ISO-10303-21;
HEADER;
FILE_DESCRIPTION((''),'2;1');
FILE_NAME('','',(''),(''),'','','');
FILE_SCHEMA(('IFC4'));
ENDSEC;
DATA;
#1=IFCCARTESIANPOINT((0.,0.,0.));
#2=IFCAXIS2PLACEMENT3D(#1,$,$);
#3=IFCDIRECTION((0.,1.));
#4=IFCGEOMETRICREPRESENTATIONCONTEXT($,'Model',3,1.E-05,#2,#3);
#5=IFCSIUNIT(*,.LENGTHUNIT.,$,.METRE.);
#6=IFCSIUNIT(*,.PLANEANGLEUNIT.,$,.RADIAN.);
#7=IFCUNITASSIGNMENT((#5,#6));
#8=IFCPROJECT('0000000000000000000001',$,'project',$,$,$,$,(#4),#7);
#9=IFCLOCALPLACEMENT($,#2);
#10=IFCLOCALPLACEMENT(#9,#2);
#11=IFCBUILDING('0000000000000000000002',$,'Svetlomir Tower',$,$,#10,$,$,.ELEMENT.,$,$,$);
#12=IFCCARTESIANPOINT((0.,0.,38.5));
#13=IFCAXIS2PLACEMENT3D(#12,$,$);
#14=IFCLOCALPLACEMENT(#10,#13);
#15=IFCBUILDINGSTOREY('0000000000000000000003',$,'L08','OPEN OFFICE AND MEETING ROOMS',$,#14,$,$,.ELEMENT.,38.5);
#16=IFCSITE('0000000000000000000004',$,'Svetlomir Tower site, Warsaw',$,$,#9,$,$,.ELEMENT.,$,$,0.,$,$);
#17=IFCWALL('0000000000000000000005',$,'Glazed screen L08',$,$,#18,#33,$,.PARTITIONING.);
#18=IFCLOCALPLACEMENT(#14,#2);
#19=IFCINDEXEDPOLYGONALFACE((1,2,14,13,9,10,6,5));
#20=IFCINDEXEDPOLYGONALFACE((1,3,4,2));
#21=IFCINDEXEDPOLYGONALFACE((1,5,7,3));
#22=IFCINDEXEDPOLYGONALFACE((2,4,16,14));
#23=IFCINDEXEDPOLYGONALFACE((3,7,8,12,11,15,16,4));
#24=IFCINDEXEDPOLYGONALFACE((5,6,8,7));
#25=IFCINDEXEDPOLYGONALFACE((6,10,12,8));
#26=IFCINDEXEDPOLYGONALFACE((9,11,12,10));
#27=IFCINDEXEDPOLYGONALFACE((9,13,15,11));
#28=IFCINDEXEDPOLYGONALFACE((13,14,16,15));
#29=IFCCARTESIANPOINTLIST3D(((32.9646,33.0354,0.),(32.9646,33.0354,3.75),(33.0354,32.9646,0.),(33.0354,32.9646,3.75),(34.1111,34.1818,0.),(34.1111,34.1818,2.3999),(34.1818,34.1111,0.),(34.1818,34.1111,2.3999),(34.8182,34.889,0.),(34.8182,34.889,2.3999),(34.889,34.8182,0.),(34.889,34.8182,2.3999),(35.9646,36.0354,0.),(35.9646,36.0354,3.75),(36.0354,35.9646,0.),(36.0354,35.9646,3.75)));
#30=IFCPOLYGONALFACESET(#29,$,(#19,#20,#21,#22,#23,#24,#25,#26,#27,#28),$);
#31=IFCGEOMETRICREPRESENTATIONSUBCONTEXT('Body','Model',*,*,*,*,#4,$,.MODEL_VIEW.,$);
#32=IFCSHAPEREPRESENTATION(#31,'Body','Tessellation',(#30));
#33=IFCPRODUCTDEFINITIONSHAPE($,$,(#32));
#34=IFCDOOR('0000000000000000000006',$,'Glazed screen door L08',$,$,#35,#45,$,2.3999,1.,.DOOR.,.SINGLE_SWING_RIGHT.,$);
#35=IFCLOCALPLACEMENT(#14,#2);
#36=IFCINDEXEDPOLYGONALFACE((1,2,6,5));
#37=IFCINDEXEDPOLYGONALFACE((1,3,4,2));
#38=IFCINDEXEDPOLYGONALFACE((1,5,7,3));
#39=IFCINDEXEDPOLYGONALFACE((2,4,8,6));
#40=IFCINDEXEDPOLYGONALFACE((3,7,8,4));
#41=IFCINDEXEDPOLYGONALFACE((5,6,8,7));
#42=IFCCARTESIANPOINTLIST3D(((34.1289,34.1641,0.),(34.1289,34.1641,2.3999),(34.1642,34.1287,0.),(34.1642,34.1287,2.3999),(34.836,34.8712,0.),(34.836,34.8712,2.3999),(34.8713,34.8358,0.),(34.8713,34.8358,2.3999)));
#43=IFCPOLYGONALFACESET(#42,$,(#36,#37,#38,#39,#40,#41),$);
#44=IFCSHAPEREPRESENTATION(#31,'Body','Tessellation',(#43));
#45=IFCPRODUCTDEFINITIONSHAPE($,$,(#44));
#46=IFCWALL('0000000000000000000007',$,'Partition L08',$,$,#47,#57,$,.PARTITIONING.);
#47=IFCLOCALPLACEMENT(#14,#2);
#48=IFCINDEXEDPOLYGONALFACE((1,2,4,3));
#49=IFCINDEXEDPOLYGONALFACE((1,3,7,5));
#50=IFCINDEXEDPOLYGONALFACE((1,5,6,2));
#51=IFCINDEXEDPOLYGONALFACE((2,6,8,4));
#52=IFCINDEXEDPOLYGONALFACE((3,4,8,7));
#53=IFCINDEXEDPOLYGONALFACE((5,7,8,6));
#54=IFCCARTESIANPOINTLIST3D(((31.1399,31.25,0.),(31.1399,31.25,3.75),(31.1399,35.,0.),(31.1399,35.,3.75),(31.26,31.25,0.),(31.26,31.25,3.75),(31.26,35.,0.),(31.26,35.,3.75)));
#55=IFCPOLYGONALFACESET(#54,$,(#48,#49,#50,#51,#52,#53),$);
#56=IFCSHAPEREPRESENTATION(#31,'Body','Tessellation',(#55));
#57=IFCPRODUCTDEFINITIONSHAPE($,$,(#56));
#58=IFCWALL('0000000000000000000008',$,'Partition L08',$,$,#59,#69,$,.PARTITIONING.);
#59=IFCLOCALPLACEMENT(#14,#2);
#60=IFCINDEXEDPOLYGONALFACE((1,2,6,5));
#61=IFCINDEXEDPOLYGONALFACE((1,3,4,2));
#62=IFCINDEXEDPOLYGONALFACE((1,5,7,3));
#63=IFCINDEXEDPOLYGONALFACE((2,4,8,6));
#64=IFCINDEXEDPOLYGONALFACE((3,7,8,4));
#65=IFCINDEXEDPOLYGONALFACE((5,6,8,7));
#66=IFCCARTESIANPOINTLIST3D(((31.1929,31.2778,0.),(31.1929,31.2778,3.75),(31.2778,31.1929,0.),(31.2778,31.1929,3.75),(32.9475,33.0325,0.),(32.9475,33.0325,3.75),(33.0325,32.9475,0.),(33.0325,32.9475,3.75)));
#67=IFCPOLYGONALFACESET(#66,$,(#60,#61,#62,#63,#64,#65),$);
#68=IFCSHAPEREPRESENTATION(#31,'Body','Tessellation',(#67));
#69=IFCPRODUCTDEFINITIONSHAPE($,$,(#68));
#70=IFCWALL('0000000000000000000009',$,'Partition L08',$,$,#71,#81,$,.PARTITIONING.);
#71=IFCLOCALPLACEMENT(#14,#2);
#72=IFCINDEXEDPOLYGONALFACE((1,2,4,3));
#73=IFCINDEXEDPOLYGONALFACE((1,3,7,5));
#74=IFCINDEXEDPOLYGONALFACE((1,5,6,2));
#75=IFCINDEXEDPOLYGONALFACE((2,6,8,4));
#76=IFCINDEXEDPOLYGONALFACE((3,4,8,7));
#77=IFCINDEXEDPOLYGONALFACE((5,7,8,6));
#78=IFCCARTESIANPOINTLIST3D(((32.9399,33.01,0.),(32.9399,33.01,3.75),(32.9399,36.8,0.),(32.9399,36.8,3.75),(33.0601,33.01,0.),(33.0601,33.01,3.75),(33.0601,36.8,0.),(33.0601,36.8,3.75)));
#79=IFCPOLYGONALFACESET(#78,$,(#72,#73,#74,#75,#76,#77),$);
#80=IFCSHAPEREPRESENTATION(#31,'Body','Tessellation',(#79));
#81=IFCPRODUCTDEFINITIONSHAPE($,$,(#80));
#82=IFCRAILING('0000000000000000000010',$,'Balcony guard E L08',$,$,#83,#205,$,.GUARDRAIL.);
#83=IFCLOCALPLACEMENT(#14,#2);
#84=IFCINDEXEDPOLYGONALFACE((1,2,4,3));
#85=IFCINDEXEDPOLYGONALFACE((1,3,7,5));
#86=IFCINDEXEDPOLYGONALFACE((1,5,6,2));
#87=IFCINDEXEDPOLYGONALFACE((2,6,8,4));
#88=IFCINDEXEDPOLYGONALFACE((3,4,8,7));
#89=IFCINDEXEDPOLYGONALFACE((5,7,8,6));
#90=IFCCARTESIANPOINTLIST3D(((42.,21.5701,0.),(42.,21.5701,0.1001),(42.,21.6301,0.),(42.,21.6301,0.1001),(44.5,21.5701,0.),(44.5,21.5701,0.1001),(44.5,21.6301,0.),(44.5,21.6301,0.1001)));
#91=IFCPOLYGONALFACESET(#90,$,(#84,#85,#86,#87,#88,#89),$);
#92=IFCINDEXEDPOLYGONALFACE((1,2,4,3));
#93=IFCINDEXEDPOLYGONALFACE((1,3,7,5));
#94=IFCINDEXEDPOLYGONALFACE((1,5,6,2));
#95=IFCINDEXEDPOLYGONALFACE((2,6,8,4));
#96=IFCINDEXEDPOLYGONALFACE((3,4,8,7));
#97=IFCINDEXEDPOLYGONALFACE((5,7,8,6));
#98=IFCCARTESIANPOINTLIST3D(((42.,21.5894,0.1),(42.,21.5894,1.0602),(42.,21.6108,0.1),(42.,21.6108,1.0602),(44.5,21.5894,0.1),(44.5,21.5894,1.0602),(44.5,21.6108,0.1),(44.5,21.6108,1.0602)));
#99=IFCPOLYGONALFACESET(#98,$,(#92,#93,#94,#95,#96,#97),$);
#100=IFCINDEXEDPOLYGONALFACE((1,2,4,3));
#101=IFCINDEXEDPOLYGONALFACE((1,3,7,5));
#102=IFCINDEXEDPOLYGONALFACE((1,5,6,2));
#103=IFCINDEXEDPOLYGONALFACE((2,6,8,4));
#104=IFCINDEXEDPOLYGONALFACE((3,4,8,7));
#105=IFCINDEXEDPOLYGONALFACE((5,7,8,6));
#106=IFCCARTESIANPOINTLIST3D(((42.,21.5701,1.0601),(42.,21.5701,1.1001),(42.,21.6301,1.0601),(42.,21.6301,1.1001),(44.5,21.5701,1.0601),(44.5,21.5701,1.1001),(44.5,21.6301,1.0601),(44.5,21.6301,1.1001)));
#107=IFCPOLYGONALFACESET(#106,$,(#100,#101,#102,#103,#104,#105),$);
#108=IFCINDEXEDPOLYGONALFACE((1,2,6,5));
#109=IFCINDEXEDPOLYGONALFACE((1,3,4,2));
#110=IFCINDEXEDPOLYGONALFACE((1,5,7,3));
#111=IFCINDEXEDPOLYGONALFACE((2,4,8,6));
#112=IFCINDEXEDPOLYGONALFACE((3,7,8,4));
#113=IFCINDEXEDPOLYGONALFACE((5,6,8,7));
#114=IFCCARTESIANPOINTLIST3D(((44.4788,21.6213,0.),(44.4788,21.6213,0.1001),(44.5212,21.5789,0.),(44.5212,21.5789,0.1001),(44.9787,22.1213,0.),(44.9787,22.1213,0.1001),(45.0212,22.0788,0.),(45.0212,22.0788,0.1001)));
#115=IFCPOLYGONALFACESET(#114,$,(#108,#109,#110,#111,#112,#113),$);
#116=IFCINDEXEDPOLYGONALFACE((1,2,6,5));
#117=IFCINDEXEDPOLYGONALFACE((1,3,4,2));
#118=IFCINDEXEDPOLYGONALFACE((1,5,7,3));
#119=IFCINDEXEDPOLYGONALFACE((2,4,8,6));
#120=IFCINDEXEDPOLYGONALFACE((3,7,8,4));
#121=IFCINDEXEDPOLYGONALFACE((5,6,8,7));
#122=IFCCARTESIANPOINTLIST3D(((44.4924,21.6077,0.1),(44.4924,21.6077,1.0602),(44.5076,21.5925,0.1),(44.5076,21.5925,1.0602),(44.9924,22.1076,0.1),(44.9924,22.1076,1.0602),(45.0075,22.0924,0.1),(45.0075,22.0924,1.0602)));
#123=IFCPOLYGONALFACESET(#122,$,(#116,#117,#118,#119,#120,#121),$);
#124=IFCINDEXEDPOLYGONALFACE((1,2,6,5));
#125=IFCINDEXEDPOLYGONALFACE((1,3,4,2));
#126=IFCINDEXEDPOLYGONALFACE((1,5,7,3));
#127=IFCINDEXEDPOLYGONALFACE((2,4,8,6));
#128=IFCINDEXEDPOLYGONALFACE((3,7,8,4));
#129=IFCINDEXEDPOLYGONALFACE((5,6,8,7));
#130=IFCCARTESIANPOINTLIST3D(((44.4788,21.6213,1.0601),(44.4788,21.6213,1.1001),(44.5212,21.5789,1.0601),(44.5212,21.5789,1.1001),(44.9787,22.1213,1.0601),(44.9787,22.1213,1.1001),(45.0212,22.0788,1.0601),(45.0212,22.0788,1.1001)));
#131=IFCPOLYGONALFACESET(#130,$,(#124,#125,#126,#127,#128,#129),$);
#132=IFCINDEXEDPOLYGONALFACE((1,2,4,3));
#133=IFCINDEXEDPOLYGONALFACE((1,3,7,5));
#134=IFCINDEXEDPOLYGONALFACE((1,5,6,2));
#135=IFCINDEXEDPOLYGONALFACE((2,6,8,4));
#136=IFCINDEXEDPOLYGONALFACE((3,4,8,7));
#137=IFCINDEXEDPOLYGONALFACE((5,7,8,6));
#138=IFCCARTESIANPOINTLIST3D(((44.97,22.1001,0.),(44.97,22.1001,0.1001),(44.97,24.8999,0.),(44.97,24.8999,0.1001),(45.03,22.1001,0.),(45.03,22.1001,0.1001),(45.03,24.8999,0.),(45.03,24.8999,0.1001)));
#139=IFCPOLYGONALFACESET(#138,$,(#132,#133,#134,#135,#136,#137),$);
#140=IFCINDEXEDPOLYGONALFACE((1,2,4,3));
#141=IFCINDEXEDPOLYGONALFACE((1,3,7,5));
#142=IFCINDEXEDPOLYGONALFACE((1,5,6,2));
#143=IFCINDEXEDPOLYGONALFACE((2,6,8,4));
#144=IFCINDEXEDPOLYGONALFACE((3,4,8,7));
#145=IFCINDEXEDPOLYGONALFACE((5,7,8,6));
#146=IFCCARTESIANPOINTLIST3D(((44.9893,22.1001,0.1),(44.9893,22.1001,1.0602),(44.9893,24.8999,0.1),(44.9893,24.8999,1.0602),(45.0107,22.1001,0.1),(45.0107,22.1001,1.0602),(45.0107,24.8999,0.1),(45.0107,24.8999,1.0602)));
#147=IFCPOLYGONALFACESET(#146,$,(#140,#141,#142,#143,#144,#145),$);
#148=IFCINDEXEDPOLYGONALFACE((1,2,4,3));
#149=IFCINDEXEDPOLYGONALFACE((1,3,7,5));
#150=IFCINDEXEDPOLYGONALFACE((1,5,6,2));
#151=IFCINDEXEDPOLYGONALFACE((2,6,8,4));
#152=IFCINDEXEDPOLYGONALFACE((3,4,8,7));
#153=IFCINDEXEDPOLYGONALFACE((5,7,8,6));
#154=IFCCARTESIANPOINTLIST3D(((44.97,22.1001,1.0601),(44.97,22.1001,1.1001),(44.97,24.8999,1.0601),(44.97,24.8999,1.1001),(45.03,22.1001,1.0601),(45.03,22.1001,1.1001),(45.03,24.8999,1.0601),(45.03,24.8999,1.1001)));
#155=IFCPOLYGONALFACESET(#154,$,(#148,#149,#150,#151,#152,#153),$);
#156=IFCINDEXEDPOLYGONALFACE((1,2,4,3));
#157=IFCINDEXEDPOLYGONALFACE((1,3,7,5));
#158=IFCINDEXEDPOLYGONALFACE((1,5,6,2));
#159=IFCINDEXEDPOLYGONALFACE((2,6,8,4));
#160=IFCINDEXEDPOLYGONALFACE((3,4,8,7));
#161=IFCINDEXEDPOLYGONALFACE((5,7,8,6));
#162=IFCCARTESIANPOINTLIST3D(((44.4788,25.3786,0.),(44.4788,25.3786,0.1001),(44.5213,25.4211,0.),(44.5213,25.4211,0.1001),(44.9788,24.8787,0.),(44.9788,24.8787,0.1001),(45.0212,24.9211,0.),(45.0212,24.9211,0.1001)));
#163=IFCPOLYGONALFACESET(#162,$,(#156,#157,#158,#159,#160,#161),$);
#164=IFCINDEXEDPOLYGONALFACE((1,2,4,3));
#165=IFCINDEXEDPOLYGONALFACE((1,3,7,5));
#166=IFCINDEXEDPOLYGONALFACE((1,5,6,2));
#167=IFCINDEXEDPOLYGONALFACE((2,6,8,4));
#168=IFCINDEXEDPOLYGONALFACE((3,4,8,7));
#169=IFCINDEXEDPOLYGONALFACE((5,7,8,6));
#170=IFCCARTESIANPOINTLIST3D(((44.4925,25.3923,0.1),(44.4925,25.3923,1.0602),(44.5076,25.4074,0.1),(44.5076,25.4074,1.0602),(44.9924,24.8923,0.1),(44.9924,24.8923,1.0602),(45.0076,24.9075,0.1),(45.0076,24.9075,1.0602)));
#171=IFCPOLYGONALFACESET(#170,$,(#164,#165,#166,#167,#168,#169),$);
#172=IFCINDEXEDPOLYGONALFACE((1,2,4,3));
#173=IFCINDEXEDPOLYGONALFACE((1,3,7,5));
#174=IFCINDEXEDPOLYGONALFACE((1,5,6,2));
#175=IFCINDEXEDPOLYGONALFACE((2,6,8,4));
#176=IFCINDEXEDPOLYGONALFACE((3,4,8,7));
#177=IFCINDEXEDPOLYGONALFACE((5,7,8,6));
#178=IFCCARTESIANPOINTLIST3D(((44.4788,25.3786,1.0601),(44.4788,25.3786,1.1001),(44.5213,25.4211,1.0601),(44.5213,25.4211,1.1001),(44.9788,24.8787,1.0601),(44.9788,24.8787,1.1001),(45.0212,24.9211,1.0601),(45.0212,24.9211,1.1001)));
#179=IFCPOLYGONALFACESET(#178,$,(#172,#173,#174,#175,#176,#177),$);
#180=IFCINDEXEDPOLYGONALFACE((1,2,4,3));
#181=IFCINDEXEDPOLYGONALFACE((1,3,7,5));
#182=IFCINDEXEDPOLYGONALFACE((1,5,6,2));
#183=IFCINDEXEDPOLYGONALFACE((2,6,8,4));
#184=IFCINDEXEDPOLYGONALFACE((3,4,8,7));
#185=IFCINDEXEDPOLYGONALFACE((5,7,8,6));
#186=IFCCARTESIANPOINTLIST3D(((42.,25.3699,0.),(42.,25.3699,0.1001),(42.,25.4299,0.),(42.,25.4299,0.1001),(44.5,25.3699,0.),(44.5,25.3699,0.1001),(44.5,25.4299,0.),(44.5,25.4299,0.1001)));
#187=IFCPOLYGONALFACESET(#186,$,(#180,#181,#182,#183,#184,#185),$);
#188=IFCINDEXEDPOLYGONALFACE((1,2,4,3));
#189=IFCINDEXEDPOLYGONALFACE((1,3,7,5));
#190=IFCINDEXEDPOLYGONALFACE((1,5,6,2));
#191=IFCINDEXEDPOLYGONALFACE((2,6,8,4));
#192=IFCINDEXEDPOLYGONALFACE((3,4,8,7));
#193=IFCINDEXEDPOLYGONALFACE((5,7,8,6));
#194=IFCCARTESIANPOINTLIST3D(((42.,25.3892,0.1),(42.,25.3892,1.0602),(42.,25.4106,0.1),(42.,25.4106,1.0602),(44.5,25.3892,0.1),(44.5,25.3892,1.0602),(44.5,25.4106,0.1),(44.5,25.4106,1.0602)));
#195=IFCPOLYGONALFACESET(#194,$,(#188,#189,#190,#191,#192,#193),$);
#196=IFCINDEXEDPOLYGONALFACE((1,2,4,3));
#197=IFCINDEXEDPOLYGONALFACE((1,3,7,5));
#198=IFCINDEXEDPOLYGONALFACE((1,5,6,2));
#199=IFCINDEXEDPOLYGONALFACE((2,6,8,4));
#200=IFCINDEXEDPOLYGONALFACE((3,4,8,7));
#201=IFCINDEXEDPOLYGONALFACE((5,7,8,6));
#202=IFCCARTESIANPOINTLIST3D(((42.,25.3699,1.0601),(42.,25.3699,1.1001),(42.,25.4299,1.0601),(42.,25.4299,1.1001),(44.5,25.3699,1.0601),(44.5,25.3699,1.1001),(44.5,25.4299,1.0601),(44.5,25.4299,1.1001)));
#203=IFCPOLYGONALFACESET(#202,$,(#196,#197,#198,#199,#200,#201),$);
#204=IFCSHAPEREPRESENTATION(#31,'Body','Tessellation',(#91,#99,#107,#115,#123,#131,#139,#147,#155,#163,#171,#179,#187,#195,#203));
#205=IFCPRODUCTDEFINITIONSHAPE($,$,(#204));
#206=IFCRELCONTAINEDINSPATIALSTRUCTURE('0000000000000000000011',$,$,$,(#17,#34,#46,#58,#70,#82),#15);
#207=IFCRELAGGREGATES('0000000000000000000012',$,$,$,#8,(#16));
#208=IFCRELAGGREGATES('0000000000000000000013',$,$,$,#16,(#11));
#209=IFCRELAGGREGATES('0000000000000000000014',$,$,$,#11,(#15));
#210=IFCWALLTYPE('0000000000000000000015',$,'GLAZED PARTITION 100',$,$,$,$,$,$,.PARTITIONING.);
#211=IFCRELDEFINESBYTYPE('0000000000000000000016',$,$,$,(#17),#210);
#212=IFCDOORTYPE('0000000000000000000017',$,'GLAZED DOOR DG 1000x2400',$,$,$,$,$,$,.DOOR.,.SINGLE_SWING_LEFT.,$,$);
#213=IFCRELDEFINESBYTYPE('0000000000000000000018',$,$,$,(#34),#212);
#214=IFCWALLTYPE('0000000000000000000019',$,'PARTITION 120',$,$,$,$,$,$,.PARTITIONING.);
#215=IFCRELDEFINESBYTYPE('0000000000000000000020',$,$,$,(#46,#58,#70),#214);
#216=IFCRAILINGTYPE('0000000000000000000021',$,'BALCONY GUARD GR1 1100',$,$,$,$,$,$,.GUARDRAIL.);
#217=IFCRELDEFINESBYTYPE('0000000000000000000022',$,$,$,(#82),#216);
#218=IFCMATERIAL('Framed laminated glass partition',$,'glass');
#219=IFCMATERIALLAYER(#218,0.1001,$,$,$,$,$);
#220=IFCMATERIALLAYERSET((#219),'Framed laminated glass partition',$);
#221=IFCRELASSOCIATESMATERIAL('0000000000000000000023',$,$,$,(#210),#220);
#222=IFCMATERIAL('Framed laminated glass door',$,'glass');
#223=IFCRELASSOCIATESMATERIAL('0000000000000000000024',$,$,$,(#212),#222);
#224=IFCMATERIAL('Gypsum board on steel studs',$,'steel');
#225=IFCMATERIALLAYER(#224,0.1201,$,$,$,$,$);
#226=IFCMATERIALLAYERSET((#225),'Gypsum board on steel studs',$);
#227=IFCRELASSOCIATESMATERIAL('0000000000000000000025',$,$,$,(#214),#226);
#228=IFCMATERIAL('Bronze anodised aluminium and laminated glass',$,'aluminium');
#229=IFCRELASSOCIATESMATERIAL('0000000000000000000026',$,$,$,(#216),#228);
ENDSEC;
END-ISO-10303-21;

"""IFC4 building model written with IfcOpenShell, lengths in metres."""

from ifc_helpers import new_model, si_unit, direction, frame, frame_2d, origin, origin_2d, place, context, subcontext, project, spatial, rectangle, extrude, material, layer, layer_set, type_object, element, fill, save


model = new_model("IFC4")

# Units and contexts
model_context = context("Model", 3, precision=1e-05, world=origin(), true_north=direction((0.0, 1.0)))
body_context = subcontext(model_context, "Body", "Model", "MODEL_VIEW")
ifc_project = project(units=[si_unit("LENGTHUNIT", "METRE"), si_unit("PLANEANGLEUNIT", "RADIAN")], contexts=[model_context])

# Site, building, storey
site_placement = place(None, origin())
site = spatial("IfcSite", under=ifc_project, at=site_placement, Name="Svetlomir Tower site, Warsaw", CompositionType="ELEMENT", RefElevation=0.0)
building_placement = place(site_placement, origin())
building = spatial("IfcBuilding", under=site, at=building_placement, Name="Svetlomir Tower", CompositionType="ELEMENT")
storey_placement = place(building_placement, frame((0.0, 0.0, 38.5)))
storey = spatial("IfcBuildingStorey", under=building, at=storey_placement, Name="L08", Description="OPEN OFFICE AND MEETING ROOMS", CompositionType="ELEMENT", Elevation=38.5)

# Shared definitions
ifc_material_1 = material(Name="Framed laminated glass partition", Category="glass")
ifc_layer_1 = layer(ifc_material_1, 0.1001)
ifc_layer_set_1 = layer_set([ifc_layer_1], Name="Framed laminated glass partition")
wall_type_1 = type_object("IfcWallType", Name="GLAZED PARTITION 100", PredefinedType="PARTITIONING", material=ifc_layer_set_1)

# Wall, opening, door
wall_1_placement = place(storey_placement, frame((33.0, 33.0, 0.0), z_axis=(0.0, 0.0, 1.0), x_axis=(0.707107, 0.707107, 0.0)))
wall_1 = element("IfcWall", 1, at=wall_1_placement, inside=storey, type_object=wall_type_1, Name="Glazed screen L08", PredefinedType="PARTITIONING", context=body_context, shape_type="SweptSolid", body=[
    extrude(rectangle(XDim=4.2427, YDim=0.1001, at=frame_2d((2.1213, 0.0))), origin(), (0.0, 0.0, 1.0), 3.75),
])
opening_1_placement = place(wall_1_placement, frame((1.6213, 0.0, 0.0)))
opening_1 = element("IfcOpeningElement", 2, at=opening_1_placement, cuts=wall_1, PredefinedType="OPENING", context=body_context, shape_type="SweptSolid", body=[
    extrude(rectangle(XDim=1.0, YDim=2.3999, at=frame_2d((0.5, 1.2))), frame((0.0, 0.0601, 0.0), z_axis=(0.0, -1.0, 0.0), x_axis=(1.0, 0.0, 0.0)), (0.0, 0.0, 1.0), 0.1201),
])
ifc_material_2 = material(Name="Framed laminated glass door", Category="glass")
door_type_1 = type_object("IfcDoorType", Name="GLAZED DOOR DG 1000x2400", OperationType="SINGLE_SWING_LEFT", PredefinedType="DOOR", material=ifc_material_2)
door_1_placement = place(opening_1_placement, origin())
door_1 = element("IfcDoor", 3, at=door_1_placement, inside=storey, type_object=door_type_1, Name="Glazed screen door L08", OperationType="SINGLE_SWING_RIGHT", OverallHeight=2.3999, OverallWidth=1.0, PredefinedType="DOOR", context=body_context, shape_type="SweptSolid", body=[
    extrude(rectangle(XDim=1.0, YDim=2.3999, at=frame_2d((0.5, 1.2))), frame((0.0, 0.0249, 0.0), z_axis=(0.0, -1.0, 0.0), x_axis=(1.0, 0.0, 0.0)), (0.0, 0.0, 1.0), 0.05),
])
fill(opening_1, door_1)

# Walls
ifc_material_3 = material(Name="Gypsum board on steel studs", Category="steel")
ifc_layer_2 = layer(ifc_material_3, 0.1201)
ifc_layer_set_2 = layer_set([ifc_layer_2], Name="Gypsum board on steel studs")
wall_type_2 = type_object("IfcWallType", Name="PARTITION 120", PredefinedType="PARTITIONING", material=ifc_layer_set_2)
wall_2_placement = place(storey_placement, frame((31.2, 31.25, 0.0), z_axis=(0.0, 0.0, 1.0), x_axis=(0.0, 1.0, 0.0)))
element("IfcWall", 4, at=wall_2_placement, inside=storey, type_object=wall_type_2, Name="Partition L08", PredefinedType="PARTITIONING", context=body_context, shape_type="SweptSolid", body=[
    extrude(rectangle(XDim=3.75, YDim=0.1201, at=frame_2d((1.875, 0.0))), origin(), (0.0, 0.0, 1.0), 3.75),
])
wall_3_placement = place(storey_placement, frame((31.2354, 31.2354, 0.0), z_axis=(0.0, 0.0, 1.0), x_axis=(0.707107, 0.707107, 0.0)))
element("IfcWall", 5, at=wall_3_placement, inside=storey, type_object=wall_type_2, Name="Partition L08", PredefinedType="PARTITIONING", context=body_context, shape_type="SweptSolid", body=[
    extrude(rectangle(XDim=2.4814, YDim=0.1201, at=frame_2d((1.2407, 0.0))), origin(), (0.0, 0.0, 1.0), 3.75),
])
wall_4_placement = place(storey_placement, frame((33.0, 33.01, 0.0), z_axis=(0.0, 0.0, 1.0), x_axis=(0.0, 1.0, 0.0)))
element("IfcWall", 6, at=wall_4_placement, inside=storey, type_object=wall_type_2, Name="Partition L08", PredefinedType="PARTITIONING", context=body_context, shape_type="SweptSolid", body=[
    extrude(rectangle(XDim=3.79, YDim=0.1201, at=frame_2d((1.895, 0.0))), origin(), (0.0, 0.0, 1.0), 3.75),
])

# Railing
ifc_material_4 = material(Name="Bronze anodised aluminium and laminated glass", Category="aluminium")
railing_type = type_object("IfcRailingType", Name="BALCONY GUARD GR1 1100", PredefinedType="GUARDRAIL", material=ifc_material_4)
railing_placement = place(storey_placement, frame((42.0, 21.6001, 0.0)))
element("IfcRailing", 7, at=railing_placement, inside=storey, type_object=railing_type, Name="Balcony guard E L08", PredefinedType="GUARDRAIL", context=body_context, shape_type="SweptSolid", body=[
    extrude(rectangle(XDim=0.0601, YDim=0.1001, at=origin_2d()), frame((0.0, 0.0, 0.05), z_axis=(1.0, 0.0, 0.0), x_axis=(0.0, 1.0, 0.0)), (0.0, 0.0, 1.0), 2.5),
    extrude(rectangle(XDim=0.0215, YDim=0.9602, at=origin_2d()), frame((0.0, 0.0, 0.5801), z_axis=(1.0, 0.0, 0.0), x_axis=(0.0, 1.0, 0.0)), (0.0, 0.0, 1.0), 2.5),
    extrude(rectangle(XDim=0.0601, YDim=0.04, at=origin_2d()), frame((0.0, 0.0, 1.0801), z_axis=(1.0, 0.0, 0.0), x_axis=(0.0, 1.0, 0.0)), (0.0, 0.0, 1.0), 2.5),
    extrude(rectangle(XDim=0.0601, YDim=0.1001, at=origin_2d()), frame((2.5, 0.0, 0.05), z_axis=(0.707107, 0.707107, 0.0), x_axis=(-0.707107, 0.707107, 0.0)), (0.0, 0.0, 1.0), 0.707),
    extrude(rectangle(XDim=0.0215, YDim=0.9602, at=origin_2d()), frame((2.5, 0.0, 0.5801), z_axis=(0.707107, 0.707107, 0.0), x_axis=(-0.707107, 0.707107, 0.0)), (0.0, 0.0, 1.0), 0.707),
    extrude(rectangle(XDim=0.0601, YDim=0.04, at=origin_2d()), frame((2.5, 0.0, 1.0801), z_axis=(0.707107, 0.707107, 0.0), x_axis=(-0.707107, 0.707107, 0.0)), (0.0, 0.0, 1.0), 0.707),
    extrude(rectangle(XDim=0.0601, YDim=0.1001, at=origin_2d()), frame((3.0, 0.5, 0.05), z_axis=(0.0, 1.0, 0.0), x_axis=(-1.0, 0.0, 0.0)), (0.0, 0.0, 1.0), 2.7998),
    extrude(rectangle(XDim=0.0215, YDim=0.9602, at=origin_2d()), frame((3.0, 0.5, 0.5801), z_axis=(0.0, 1.0, 0.0), x_axis=(-1.0, 0.0, 0.0)), (0.0, 0.0, 1.0), 2.7998),
    extrude(rectangle(XDim=0.0601, YDim=0.04, at=origin_2d()), frame((3.0, 0.5, 1.0801), z_axis=(0.0, 1.0, 0.0), x_axis=(-1.0, 0.0, 0.0)), (0.0, 0.0, 1.0), 2.7998),
    extrude(rectangle(XDim=0.0601, YDim=0.1001, at=origin_2d()), frame((3.0, 3.2998, 0.05), z_axis=(-0.707107, 0.707107, 0.0), x_axis=(-0.707107, -0.707107, 0.0)), (0.0, 0.0, 1.0), 0.707),
    extrude(rectangle(XDim=0.0215, YDim=0.9602, at=origin_2d()), frame((3.0, 3.2998, 0.5801), z_axis=(-0.707107, 0.707107, 0.0), x_axis=(-0.707107, -0.707107, 0.0)), (0.0, 0.0, 1.0), 0.707),
    extrude(rectangle(XDim=0.0601, YDim=0.04, at=origin_2d()), frame((3.0, 3.2998, 1.0801), z_axis=(-0.707107, 0.707107, 0.0), x_axis=(-0.707107, -0.707107, 0.0)), (0.0, 0.0, 1.0), 0.707),
    extrude(rectangle(XDim=0.0601, YDim=0.1001, at=origin_2d()), frame((2.5, 3.7998, 0.05), z_axis=(-1.0, 0.0, 0.0), x_axis=(0.0, -1.0, 0.0)), (0.0, 0.0, 1.0), 2.5),
    extrude(rectangle(XDim=0.0215, YDim=0.9602, at=origin_2d()), frame((2.5, 3.7998, 0.5801), z_axis=(-1.0, 0.0, 0.0), x_axis=(0.0, -1.0, 0.0)), (0.0, 0.0, 1.0), 2.5),
    extrude(rectangle(XDim=0.0601, YDim=0.04, at=origin_2d()), frame((2.5, 3.7998, 1.0801), z_axis=(-1.0, 0.0, 0.0), x_axis=(0.0, -1.0, 0.0)), (0.0, 0.0, 1.0), 2.5),
])

save(model, "model.ifc")
